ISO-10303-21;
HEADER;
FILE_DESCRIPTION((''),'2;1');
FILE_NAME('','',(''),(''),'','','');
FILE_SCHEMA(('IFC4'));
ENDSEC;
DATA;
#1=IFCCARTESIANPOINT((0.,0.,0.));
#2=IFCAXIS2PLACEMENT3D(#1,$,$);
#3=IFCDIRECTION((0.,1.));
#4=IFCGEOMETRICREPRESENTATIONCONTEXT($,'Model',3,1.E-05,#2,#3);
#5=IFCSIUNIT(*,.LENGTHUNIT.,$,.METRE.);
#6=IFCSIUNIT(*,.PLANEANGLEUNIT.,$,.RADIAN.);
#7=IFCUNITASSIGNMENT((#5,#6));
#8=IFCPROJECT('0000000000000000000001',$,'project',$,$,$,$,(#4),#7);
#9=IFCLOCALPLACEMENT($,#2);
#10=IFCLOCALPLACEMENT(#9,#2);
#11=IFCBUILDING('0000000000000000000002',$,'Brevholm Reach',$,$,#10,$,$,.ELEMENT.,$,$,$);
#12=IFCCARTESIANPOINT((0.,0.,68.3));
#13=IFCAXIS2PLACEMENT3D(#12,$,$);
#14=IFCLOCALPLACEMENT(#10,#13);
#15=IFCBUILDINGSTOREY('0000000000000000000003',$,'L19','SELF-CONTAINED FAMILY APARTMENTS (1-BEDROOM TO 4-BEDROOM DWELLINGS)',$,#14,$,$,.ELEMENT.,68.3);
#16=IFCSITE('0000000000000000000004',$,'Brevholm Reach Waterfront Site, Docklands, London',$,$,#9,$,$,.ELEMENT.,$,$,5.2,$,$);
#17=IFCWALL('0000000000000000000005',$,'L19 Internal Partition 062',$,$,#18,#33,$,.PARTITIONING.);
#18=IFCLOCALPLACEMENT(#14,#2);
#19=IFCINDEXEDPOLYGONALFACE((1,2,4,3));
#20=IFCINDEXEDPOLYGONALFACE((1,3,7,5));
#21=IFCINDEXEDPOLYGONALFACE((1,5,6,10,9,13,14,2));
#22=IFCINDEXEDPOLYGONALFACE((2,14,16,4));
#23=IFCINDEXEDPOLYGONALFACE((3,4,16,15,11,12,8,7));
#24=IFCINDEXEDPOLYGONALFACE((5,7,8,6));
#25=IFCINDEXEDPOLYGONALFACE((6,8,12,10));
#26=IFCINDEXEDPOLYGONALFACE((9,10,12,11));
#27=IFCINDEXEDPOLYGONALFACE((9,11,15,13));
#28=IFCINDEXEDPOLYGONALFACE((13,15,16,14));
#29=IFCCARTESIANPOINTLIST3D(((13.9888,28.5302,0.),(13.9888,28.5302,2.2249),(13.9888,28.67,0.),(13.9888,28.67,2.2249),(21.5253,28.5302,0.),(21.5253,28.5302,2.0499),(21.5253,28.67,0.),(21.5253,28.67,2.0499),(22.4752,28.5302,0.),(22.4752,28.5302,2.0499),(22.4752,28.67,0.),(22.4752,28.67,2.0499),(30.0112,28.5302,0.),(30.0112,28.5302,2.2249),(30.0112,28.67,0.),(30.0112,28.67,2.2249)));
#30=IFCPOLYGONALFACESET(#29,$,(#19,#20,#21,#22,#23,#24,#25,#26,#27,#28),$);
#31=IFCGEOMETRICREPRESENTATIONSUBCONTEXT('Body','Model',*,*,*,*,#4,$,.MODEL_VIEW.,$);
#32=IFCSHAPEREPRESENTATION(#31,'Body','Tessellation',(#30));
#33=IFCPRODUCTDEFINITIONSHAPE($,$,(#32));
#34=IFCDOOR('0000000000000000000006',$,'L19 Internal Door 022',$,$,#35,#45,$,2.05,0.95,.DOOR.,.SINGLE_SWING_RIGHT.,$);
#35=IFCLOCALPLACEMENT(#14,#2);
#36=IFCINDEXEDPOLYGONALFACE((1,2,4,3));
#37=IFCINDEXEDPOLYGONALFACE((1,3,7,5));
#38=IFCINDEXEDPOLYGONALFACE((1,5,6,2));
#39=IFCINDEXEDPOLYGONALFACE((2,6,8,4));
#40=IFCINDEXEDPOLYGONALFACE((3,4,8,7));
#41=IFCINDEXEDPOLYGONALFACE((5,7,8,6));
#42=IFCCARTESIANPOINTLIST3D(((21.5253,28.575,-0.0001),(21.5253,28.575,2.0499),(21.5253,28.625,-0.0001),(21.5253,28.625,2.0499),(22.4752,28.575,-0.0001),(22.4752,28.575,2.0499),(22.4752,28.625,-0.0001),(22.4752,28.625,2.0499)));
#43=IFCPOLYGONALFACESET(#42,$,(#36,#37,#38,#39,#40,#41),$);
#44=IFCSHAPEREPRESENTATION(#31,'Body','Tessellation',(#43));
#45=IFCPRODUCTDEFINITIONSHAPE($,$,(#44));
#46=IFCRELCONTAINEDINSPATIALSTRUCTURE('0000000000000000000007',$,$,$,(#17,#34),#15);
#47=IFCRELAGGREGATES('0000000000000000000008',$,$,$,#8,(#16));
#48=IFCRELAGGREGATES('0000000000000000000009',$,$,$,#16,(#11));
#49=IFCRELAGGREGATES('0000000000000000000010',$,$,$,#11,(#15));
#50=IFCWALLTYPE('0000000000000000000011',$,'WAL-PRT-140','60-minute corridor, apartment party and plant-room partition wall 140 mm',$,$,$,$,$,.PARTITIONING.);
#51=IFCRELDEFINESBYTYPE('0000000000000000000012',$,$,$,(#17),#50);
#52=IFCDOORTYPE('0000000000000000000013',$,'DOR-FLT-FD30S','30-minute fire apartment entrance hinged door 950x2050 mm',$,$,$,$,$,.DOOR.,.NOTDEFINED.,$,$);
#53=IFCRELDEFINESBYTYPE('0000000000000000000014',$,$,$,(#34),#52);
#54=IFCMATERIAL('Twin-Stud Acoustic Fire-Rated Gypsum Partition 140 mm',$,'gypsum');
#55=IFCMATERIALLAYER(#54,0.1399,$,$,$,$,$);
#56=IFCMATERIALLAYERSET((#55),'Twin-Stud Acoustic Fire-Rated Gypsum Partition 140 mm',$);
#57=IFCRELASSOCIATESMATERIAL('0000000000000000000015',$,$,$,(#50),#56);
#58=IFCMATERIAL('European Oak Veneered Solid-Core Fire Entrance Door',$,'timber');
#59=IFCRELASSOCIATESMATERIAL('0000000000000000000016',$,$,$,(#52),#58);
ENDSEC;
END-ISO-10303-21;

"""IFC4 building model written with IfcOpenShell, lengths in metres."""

from ifc_helpers import new_model, si_unit, direction, frame, frame_2d, origin, place, context, subcontext, project, spatial, rectangle, extrude, material, layer, layer_set, type_object, element, fill, save


model = new_model("IFC4")

# Units and contexts
model_context = context("Model", 3, precision=1e-05, world=origin(), true_north=direction((0.0, 1.0)))
body_context = subcontext(model_context, "Body", "Model", "MODEL_VIEW")
ifc_project = project(units=[si_unit("LENGTHUNIT", "METRE"), si_unit("PLANEANGLEUNIT", "RADIAN")], contexts=[model_context])

# Site, building, storey
site_placement = place(None, origin())
site = spatial("IfcSite", under=ifc_project, at=site_placement, Name="Brevholm Reach Waterfront Site, Docklands, London", CompositionType="ELEMENT", RefElevation=5.2)
building_placement = place(site_placement, origin())
building = spatial("IfcBuilding", under=site, at=building_placement, Name="Brevholm Reach", CompositionType="ELEMENT")
storey_placement = place(building_placement, frame((0.0, 0.0, 68.3)))
storey = spatial("IfcBuildingStorey", under=building, at=storey_placement, Name="L19", Description="SELF-CONTAINED FAMILY APARTMENTS (1-BEDROOM TO 4-BEDROOM DWELLINGS)", CompositionType="ELEMENT", Elevation=68.3)

# Shared definitions
ifc_material_1 = material(Name="Twin-Stud Acoustic Fire-Rated Gypsum Partition 140 mm", Category="gypsum")
ifc_layer_1 = layer(ifc_material_1, 0.1399)
ifc_layer_set_1 = layer_set([ifc_layer_1], Name="Twin-Stud Acoustic Fire-Rated Gypsum Partition 140 mm")
wall_type_1 = type_object("IfcWallType", Name="WAL-PRT-140", Description="60-minute corridor, apartment party and plant-room partition wall 140 mm", PredefinedType="PARTITIONING", material=ifc_layer_set_1)

# Shared definitions
ifc_material_2 = material(Name="European Oak Veneered Solid-Core Fire Entrance Door", Category="timber")
door_type_1 = type_object("IfcDoorType", Name="DOR-FLT-FD30S", Description="30-minute fire apartment entrance hinged door 950x2050 mm", OperationType="NOTDEFINED", PredefinedType="DOOR", material=ifc_material_2)

# Wall, opening, door
wall_1_placement = place(storey_placement, frame((13.9888, 28.6001, 0.0), z_axis=(0.0, 0.0, 1.0), x_axis=(1.0, 0.0, 0.0)))
wall_1 = element("IfcWall", 1, at=wall_1_placement, inside=storey, type_object=wall_type_1, Name="L19 Internal Partition 062", PredefinedType="PARTITIONING", context=body_context, shape_type="SweptSolid", body=[
    extrude(rectangle(XDim=16.0225, YDim=0.1399, at=frame_2d((8.0112, 0.0))), origin(), (0.0, 0.0, 1.0), 2.2249),
])
opening_1_placement = place(wall_1_placement, frame((7.5364, 0.0, 0.0)))
opening_1 = element("IfcOpeningElement", 2, at=opening_1_placement, cuts=wall_1, PredefinedType="OPENING", context=body_context, shape_type="SweptSolid", body=[
    extrude(rectangle(XDim=0.95, YDim=2.05, at=frame_2d((0.4751, 1.0249))), frame((0.0, 0.0798, 0.0), z_axis=(0.0, -1.0, 0.0), x_axis=(1.0, 0.0, 0.0)), (0.0, 0.0, 1.0), 0.1599),
])
door_1_placement = place(opening_1_placement, origin())
door_1 = element("IfcDoor", 3, at=door_1_placement, inside=storey, type_object=door_type_1, Name="L19 Internal Door 022", OperationType="SINGLE_SWING_RIGHT", OverallHeight=2.05, OverallWidth=0.95, PredefinedType="DOOR", context=body_context, shape_type="SweptSolid", body=[
    extrude(rectangle(XDim=0.95, YDim=2.05, at=frame_2d((0.4751, 1.0249))), frame((0.0, 0.0249, 0.0), z_axis=(0.0, -1.0, 0.0), x_axis=(1.0, 0.0, 0.0)), (0.0, 0.0, 1.0), 0.05),
])
fill(opening_1, door_1)

save(model, "model.ifc")
